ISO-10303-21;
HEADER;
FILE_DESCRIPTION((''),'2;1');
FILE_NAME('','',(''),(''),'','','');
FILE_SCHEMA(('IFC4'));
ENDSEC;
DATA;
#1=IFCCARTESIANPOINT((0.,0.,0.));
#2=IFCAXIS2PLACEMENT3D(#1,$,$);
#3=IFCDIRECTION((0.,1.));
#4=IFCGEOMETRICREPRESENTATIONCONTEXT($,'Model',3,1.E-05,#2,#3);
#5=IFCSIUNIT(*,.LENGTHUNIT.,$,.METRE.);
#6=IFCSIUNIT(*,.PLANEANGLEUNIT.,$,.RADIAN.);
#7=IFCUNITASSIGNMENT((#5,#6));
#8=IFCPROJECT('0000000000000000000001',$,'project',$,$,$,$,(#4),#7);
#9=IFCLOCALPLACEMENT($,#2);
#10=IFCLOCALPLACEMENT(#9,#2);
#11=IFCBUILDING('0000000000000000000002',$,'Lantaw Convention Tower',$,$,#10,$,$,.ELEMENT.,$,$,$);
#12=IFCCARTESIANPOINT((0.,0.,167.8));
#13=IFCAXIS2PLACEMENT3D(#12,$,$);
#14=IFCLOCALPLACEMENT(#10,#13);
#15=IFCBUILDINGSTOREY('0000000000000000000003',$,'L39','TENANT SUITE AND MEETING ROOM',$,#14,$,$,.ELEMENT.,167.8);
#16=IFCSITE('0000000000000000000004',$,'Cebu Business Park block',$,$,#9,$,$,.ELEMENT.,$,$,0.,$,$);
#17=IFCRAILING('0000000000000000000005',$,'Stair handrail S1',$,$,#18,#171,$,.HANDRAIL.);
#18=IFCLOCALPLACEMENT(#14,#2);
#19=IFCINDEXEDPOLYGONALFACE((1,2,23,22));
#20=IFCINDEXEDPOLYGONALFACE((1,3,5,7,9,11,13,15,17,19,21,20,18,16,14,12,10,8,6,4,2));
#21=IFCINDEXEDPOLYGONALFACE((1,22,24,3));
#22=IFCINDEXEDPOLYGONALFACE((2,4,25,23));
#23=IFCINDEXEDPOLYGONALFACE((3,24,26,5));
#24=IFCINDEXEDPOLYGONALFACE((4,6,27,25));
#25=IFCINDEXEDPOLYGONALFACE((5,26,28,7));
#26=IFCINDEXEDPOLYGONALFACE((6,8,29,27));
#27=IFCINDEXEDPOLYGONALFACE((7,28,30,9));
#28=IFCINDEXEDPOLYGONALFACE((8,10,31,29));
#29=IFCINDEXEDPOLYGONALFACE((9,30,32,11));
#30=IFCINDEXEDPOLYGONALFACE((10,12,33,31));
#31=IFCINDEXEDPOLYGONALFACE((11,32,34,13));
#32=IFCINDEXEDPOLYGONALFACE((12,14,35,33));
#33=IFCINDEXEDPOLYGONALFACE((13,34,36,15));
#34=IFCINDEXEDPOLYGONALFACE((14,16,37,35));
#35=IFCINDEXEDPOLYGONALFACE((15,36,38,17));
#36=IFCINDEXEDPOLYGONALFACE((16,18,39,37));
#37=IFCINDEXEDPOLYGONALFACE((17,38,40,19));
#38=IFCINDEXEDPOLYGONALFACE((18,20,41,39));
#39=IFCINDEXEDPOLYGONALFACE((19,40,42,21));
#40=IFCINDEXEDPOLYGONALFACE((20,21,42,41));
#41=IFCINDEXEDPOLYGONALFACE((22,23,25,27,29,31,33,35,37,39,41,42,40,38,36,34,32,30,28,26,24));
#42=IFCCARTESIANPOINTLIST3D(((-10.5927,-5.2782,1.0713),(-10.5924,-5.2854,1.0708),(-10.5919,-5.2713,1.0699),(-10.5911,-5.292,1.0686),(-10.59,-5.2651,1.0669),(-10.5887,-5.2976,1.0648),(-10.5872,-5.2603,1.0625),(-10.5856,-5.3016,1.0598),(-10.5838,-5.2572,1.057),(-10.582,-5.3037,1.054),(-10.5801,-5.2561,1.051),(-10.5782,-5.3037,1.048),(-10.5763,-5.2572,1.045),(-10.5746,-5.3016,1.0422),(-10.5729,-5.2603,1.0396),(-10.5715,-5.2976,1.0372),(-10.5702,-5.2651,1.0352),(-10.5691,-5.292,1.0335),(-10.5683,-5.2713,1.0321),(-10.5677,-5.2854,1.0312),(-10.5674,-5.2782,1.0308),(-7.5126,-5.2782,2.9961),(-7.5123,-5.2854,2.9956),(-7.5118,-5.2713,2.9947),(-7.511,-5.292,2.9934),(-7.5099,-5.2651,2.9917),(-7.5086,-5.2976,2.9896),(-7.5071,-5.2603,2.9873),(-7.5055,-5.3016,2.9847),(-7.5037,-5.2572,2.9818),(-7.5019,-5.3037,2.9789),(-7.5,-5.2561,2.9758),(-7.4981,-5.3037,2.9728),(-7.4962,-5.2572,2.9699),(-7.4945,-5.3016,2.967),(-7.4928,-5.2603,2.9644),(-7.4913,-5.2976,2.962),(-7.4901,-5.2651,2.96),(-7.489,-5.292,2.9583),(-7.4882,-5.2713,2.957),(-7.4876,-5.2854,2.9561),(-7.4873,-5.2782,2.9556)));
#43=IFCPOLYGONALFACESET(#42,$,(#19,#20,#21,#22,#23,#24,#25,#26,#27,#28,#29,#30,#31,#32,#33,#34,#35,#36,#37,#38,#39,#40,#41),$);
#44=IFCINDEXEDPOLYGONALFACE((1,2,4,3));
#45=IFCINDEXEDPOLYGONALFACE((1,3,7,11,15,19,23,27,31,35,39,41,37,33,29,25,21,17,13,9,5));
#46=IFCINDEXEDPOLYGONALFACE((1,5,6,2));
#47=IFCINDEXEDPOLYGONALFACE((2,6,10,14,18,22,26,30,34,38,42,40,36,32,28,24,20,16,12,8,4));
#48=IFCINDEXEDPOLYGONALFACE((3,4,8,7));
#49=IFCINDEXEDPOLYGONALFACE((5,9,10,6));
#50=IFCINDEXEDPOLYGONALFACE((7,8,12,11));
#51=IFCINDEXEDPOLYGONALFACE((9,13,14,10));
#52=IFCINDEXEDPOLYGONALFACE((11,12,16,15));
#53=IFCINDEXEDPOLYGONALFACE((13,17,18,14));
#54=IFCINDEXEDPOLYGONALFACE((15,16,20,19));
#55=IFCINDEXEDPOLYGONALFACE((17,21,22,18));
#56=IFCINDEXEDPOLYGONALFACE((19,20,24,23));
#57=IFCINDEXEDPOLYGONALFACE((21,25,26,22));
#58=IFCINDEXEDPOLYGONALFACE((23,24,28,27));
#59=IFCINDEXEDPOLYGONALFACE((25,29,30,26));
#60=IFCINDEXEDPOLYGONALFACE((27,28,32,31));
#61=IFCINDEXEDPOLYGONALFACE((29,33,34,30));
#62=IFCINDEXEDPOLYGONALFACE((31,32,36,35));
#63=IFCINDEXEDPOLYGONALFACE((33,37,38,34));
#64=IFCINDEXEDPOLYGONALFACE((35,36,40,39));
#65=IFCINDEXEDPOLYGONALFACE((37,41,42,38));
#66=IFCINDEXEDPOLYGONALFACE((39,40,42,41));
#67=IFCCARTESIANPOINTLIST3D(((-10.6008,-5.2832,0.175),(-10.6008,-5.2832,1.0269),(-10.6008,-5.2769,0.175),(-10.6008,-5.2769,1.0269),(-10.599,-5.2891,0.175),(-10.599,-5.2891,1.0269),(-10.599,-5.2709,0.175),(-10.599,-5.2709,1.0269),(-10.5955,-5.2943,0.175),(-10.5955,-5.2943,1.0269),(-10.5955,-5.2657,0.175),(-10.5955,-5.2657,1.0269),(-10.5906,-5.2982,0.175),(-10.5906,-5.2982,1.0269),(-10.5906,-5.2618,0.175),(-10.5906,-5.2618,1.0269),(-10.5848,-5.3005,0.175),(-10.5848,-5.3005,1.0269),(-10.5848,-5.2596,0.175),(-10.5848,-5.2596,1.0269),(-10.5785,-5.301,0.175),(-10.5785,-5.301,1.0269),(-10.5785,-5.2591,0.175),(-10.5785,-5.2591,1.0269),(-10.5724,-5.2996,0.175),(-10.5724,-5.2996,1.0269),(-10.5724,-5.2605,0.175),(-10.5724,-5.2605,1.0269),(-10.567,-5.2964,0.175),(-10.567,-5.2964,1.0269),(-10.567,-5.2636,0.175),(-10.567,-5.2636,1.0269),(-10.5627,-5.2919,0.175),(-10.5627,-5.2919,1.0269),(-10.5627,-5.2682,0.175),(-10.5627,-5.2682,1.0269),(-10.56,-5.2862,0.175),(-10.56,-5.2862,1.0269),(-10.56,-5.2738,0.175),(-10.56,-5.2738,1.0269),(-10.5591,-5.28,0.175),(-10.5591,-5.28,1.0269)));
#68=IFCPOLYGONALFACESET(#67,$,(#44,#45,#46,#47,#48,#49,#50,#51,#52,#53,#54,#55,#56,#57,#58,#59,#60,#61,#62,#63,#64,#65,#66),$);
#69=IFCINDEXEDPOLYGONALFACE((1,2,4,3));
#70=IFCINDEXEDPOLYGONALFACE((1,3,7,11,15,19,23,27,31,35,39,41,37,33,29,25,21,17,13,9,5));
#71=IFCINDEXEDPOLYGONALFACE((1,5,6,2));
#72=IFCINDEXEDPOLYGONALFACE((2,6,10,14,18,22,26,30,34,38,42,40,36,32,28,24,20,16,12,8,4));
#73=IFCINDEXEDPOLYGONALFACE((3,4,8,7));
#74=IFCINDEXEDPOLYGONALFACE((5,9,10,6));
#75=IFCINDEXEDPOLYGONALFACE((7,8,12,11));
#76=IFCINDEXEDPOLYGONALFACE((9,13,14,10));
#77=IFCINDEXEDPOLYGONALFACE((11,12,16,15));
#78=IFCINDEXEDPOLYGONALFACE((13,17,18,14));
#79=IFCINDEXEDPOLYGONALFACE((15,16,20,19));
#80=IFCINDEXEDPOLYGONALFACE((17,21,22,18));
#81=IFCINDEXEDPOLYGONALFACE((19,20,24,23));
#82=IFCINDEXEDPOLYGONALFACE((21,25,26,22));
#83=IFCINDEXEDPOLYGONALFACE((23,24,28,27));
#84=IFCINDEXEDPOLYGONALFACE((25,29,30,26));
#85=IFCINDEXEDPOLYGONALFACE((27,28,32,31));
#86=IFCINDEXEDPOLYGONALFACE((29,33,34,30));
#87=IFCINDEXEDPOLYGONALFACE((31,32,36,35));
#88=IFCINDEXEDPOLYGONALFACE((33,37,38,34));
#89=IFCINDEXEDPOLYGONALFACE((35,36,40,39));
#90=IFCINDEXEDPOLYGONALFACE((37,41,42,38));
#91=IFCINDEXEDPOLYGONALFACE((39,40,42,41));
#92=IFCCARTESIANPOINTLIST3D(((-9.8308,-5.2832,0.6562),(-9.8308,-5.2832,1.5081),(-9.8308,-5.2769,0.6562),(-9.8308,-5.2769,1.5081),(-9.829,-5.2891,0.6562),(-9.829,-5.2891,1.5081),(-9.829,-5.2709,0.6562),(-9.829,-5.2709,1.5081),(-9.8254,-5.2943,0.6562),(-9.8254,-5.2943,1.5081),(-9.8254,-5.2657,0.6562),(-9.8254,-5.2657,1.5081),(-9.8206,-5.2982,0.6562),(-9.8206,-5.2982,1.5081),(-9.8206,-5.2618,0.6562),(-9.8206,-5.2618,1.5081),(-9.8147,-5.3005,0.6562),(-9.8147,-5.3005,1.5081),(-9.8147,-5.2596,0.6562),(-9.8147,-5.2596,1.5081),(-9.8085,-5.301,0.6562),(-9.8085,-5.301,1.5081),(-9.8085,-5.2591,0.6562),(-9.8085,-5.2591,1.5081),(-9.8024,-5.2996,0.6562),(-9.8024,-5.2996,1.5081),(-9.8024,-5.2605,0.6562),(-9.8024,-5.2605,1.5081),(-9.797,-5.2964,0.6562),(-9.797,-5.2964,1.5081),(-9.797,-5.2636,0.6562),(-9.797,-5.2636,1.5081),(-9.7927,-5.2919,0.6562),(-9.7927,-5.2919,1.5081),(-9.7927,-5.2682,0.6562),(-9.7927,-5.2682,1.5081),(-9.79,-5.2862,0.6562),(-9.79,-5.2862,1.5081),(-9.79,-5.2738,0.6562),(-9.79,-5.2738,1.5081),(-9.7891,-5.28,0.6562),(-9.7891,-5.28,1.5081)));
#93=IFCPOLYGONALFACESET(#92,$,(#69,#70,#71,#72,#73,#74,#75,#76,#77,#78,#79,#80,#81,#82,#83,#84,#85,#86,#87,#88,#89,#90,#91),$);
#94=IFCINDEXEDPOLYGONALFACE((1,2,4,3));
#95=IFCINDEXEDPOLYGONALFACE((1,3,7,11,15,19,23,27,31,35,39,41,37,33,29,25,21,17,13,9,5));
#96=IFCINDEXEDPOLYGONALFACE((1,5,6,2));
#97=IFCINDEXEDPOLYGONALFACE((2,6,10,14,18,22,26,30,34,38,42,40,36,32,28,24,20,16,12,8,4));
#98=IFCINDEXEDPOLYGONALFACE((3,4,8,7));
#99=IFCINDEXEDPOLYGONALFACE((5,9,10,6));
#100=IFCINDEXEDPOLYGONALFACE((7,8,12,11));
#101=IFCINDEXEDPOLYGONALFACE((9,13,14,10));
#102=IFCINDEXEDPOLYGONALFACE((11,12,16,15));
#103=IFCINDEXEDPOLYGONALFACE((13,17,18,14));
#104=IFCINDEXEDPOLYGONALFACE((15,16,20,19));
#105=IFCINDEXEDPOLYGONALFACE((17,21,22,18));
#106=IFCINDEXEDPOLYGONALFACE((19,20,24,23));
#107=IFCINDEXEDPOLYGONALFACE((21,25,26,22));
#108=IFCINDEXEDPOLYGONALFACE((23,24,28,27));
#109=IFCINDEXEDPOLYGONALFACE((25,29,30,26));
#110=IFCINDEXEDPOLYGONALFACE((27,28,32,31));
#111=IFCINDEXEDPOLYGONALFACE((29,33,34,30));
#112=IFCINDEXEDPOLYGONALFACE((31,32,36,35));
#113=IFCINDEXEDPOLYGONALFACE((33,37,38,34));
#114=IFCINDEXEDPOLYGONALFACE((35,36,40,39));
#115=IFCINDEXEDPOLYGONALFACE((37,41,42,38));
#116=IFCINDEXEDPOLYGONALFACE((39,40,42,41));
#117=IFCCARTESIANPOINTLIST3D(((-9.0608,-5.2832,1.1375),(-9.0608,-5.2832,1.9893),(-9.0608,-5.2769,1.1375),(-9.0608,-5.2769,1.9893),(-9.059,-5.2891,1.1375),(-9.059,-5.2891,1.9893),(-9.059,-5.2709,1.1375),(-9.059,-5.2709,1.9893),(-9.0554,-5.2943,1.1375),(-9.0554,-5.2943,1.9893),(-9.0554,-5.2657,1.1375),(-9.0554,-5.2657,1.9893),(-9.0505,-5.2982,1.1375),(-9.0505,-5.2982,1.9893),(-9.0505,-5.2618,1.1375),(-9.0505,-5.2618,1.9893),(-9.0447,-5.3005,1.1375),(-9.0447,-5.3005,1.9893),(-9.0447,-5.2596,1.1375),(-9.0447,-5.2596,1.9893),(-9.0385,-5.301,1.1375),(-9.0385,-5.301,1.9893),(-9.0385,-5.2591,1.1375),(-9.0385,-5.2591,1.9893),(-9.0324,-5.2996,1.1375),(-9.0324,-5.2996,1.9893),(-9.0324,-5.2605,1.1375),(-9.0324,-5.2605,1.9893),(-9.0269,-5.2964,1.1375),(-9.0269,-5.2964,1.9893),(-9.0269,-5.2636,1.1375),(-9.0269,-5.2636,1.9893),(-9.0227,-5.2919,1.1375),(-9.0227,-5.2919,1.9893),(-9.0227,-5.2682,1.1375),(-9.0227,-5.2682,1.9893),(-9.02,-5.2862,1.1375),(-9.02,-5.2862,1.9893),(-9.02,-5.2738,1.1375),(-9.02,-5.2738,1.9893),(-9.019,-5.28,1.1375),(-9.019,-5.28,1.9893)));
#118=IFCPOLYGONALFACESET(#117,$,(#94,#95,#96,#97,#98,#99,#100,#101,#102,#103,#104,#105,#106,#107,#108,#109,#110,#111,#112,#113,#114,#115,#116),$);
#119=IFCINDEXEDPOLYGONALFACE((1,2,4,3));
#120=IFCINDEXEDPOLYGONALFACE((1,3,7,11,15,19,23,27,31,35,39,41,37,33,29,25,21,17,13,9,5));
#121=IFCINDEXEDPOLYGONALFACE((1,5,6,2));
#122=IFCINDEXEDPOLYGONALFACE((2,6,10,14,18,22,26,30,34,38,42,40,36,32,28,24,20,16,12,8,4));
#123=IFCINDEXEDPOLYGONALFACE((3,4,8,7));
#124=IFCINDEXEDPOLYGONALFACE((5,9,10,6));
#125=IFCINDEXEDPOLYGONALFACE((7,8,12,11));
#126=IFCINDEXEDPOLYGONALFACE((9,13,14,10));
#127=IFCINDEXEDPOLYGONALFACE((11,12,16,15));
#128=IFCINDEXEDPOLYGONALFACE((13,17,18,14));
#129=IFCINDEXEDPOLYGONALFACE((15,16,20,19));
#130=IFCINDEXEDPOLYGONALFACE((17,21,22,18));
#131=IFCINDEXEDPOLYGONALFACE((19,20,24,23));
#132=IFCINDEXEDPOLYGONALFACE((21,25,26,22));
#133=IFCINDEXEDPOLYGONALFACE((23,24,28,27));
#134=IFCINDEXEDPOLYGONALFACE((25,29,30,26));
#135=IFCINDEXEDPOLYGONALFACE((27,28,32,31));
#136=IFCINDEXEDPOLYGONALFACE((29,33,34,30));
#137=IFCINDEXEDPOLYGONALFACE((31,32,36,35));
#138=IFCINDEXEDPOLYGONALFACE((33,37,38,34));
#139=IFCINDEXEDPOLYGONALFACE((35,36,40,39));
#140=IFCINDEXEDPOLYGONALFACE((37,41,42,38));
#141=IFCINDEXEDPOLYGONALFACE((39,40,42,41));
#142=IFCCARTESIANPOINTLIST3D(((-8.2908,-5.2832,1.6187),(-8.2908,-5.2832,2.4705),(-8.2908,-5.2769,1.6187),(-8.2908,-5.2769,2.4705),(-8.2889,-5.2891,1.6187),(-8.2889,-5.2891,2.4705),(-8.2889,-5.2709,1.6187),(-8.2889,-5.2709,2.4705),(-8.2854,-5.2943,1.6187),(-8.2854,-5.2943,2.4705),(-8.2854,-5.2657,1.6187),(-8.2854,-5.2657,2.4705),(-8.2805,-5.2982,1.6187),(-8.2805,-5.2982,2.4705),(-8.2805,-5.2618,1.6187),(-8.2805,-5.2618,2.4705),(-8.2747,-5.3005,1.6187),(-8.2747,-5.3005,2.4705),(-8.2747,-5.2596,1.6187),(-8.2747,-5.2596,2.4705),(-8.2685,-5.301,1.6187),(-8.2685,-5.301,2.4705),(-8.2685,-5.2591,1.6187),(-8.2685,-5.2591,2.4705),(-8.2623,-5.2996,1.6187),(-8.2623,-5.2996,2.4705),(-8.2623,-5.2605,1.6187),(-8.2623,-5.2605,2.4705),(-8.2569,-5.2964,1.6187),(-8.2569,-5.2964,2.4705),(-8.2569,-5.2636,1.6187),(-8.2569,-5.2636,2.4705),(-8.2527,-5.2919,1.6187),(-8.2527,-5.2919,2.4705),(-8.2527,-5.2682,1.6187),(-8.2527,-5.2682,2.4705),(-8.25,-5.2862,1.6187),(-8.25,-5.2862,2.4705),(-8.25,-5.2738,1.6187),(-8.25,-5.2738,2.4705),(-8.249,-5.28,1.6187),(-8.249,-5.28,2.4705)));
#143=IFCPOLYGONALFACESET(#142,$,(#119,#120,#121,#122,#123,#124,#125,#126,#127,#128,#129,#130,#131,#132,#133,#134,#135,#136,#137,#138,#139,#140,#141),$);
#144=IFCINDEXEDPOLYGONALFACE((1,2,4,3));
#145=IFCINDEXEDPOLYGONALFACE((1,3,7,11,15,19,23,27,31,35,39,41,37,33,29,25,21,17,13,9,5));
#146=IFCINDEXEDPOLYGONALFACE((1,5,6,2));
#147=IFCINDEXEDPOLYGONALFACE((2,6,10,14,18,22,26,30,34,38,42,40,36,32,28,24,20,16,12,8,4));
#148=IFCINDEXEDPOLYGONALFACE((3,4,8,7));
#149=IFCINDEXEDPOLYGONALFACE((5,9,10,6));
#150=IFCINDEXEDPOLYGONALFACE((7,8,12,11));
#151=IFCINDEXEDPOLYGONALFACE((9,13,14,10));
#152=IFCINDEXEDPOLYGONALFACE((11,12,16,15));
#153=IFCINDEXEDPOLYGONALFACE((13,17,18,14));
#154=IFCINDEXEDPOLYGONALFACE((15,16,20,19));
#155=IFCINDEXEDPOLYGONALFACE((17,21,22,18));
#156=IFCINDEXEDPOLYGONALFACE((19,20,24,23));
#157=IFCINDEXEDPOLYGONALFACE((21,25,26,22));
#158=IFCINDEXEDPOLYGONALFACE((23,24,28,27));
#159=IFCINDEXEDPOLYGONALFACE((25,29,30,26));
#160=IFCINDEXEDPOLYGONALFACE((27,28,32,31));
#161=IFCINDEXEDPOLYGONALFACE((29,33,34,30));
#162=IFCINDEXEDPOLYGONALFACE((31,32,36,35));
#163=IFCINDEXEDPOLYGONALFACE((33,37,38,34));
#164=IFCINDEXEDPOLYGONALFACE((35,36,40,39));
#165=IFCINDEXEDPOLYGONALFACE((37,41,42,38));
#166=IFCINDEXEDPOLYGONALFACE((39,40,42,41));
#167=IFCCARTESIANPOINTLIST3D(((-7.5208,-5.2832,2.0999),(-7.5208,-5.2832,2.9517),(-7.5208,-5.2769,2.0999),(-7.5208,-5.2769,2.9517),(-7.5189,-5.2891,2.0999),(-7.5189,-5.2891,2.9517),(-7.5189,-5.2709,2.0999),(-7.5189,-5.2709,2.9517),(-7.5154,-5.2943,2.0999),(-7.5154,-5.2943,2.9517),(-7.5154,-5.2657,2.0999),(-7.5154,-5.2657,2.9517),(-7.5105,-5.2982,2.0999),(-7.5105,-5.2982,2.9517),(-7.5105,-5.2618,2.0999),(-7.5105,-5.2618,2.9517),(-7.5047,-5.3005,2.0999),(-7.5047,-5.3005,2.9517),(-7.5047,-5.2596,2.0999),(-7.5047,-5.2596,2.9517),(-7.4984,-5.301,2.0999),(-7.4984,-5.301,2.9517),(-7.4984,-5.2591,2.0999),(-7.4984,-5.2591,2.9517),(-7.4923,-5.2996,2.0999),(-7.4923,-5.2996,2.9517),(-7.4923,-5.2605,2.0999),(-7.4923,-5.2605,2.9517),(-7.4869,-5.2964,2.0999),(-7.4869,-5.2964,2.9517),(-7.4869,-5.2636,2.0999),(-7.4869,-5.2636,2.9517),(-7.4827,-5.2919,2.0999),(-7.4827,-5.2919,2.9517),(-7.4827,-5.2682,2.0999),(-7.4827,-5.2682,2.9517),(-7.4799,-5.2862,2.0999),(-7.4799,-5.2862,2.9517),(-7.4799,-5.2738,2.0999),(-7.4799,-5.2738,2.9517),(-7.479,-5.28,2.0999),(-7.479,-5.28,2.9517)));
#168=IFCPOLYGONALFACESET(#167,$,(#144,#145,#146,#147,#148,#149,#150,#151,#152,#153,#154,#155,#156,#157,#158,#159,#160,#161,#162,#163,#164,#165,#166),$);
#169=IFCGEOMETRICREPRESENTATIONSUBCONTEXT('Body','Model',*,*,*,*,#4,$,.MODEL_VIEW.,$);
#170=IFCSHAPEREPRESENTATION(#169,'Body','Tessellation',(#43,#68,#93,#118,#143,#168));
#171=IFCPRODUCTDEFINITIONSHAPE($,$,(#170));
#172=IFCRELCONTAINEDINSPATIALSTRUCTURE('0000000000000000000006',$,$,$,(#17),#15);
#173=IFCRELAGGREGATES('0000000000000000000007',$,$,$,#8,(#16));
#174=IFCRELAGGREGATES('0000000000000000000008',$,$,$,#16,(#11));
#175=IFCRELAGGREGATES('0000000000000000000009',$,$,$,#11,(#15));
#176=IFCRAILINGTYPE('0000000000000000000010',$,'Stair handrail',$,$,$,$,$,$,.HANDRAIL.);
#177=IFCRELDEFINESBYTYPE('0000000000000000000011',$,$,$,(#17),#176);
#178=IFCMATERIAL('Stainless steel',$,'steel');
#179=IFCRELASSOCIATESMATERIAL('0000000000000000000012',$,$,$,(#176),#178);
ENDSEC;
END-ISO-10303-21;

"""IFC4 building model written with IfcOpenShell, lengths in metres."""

from ifc_helpers import new_model, si_unit, direction, frame, origin, origin_2d, place, context, subcontext, project, spatial, circle, extrude, material, type_object, element, save


model = new_model("IFC4")

# Units and contexts
model_context = context("Model", 3, precision=1e-05, world=origin(), true_north=direction((0.0, 1.0)))
body_context = subcontext(model_context, "Body", "Model", "MODEL_VIEW")
ifc_project = project(units=[si_unit("LENGTHUNIT", "METRE"), si_unit("PLANEANGLEUNIT", "RADIAN")], contexts=[model_context])

# Site, building, storey
site_placement = place(None, origin())
site = spatial("IfcSite", under=ifc_project, at=site_placement, Name="Cebu Business Park block", CompositionType="ELEMENT", RefElevation=0.0)
building_placement = place(site_placement, origin())
building = spatial("IfcBuilding", under=site, at=building_placement, Name="Lantaw Convention Tower", CompositionType="ELEMENT")
storey_placement = place(building_placement, frame((0.0, 0.0, 167.8)))
storey = spatial("IfcBuildingStorey", under=building, at=storey_placement, Name="L39", Description="TENANT SUITE AND MEETING ROOM", CompositionType="ELEMENT", Elevation=167.8)

# Railing
ifc_material_1 = material(Name="Stainless steel", Category="steel")
railing_type = type_object("IfcRailingType", Name="Stair handrail", PredefinedType="HANDRAIL", material=ifc_material_1)
railing_1_placement = place(storey_placement, frame((-10.5801, -5.28, 0.175)))
element("IfcRailing", 1, at=railing_1_placement, inside=storey, type_object=railing_type, Name="Stair handrail S1", PredefinedType="HANDRAIL", context=body_context, shape_type="SweptSolid", body=[
    extrude(circle(Radius=0.0239, at=origin_2d()), frame((0.0, 0.0, 0.876), z_axis=(0.848029, 0.0, 0.529951), x_axis=(0.0, 1.0, 0.0)), (0.0, 0.0, 1.0), 3.6321),
    extrude(circle(Radius=0.021, at=origin_2d()), origin(), (0.0, 0.0, 1.0), 0.8518),
    extrude(circle(Radius=0.021, at=origin_2d()), frame((0.77, 0.0, 0.4812)), (0.0, 0.0, 1.0), 0.8518),
    extrude(circle(Radius=0.021, at=origin_2d()), frame((1.54, 0.0, 0.9624)), (0.0, 0.0, 1.0), 0.8518),
    extrude(circle(Radius=0.021, at=origin_2d()), frame((2.3101, 0.0, 1.4436)), (0.0, 0.0, 1.0), 0.8518),
    extrude(circle(Radius=0.021, at=origin_2d()), frame((3.0801, 0.0, 1.9248)), (0.0, 0.0, 1.0), 0.8518),
])

save(model, "model.ifc")
